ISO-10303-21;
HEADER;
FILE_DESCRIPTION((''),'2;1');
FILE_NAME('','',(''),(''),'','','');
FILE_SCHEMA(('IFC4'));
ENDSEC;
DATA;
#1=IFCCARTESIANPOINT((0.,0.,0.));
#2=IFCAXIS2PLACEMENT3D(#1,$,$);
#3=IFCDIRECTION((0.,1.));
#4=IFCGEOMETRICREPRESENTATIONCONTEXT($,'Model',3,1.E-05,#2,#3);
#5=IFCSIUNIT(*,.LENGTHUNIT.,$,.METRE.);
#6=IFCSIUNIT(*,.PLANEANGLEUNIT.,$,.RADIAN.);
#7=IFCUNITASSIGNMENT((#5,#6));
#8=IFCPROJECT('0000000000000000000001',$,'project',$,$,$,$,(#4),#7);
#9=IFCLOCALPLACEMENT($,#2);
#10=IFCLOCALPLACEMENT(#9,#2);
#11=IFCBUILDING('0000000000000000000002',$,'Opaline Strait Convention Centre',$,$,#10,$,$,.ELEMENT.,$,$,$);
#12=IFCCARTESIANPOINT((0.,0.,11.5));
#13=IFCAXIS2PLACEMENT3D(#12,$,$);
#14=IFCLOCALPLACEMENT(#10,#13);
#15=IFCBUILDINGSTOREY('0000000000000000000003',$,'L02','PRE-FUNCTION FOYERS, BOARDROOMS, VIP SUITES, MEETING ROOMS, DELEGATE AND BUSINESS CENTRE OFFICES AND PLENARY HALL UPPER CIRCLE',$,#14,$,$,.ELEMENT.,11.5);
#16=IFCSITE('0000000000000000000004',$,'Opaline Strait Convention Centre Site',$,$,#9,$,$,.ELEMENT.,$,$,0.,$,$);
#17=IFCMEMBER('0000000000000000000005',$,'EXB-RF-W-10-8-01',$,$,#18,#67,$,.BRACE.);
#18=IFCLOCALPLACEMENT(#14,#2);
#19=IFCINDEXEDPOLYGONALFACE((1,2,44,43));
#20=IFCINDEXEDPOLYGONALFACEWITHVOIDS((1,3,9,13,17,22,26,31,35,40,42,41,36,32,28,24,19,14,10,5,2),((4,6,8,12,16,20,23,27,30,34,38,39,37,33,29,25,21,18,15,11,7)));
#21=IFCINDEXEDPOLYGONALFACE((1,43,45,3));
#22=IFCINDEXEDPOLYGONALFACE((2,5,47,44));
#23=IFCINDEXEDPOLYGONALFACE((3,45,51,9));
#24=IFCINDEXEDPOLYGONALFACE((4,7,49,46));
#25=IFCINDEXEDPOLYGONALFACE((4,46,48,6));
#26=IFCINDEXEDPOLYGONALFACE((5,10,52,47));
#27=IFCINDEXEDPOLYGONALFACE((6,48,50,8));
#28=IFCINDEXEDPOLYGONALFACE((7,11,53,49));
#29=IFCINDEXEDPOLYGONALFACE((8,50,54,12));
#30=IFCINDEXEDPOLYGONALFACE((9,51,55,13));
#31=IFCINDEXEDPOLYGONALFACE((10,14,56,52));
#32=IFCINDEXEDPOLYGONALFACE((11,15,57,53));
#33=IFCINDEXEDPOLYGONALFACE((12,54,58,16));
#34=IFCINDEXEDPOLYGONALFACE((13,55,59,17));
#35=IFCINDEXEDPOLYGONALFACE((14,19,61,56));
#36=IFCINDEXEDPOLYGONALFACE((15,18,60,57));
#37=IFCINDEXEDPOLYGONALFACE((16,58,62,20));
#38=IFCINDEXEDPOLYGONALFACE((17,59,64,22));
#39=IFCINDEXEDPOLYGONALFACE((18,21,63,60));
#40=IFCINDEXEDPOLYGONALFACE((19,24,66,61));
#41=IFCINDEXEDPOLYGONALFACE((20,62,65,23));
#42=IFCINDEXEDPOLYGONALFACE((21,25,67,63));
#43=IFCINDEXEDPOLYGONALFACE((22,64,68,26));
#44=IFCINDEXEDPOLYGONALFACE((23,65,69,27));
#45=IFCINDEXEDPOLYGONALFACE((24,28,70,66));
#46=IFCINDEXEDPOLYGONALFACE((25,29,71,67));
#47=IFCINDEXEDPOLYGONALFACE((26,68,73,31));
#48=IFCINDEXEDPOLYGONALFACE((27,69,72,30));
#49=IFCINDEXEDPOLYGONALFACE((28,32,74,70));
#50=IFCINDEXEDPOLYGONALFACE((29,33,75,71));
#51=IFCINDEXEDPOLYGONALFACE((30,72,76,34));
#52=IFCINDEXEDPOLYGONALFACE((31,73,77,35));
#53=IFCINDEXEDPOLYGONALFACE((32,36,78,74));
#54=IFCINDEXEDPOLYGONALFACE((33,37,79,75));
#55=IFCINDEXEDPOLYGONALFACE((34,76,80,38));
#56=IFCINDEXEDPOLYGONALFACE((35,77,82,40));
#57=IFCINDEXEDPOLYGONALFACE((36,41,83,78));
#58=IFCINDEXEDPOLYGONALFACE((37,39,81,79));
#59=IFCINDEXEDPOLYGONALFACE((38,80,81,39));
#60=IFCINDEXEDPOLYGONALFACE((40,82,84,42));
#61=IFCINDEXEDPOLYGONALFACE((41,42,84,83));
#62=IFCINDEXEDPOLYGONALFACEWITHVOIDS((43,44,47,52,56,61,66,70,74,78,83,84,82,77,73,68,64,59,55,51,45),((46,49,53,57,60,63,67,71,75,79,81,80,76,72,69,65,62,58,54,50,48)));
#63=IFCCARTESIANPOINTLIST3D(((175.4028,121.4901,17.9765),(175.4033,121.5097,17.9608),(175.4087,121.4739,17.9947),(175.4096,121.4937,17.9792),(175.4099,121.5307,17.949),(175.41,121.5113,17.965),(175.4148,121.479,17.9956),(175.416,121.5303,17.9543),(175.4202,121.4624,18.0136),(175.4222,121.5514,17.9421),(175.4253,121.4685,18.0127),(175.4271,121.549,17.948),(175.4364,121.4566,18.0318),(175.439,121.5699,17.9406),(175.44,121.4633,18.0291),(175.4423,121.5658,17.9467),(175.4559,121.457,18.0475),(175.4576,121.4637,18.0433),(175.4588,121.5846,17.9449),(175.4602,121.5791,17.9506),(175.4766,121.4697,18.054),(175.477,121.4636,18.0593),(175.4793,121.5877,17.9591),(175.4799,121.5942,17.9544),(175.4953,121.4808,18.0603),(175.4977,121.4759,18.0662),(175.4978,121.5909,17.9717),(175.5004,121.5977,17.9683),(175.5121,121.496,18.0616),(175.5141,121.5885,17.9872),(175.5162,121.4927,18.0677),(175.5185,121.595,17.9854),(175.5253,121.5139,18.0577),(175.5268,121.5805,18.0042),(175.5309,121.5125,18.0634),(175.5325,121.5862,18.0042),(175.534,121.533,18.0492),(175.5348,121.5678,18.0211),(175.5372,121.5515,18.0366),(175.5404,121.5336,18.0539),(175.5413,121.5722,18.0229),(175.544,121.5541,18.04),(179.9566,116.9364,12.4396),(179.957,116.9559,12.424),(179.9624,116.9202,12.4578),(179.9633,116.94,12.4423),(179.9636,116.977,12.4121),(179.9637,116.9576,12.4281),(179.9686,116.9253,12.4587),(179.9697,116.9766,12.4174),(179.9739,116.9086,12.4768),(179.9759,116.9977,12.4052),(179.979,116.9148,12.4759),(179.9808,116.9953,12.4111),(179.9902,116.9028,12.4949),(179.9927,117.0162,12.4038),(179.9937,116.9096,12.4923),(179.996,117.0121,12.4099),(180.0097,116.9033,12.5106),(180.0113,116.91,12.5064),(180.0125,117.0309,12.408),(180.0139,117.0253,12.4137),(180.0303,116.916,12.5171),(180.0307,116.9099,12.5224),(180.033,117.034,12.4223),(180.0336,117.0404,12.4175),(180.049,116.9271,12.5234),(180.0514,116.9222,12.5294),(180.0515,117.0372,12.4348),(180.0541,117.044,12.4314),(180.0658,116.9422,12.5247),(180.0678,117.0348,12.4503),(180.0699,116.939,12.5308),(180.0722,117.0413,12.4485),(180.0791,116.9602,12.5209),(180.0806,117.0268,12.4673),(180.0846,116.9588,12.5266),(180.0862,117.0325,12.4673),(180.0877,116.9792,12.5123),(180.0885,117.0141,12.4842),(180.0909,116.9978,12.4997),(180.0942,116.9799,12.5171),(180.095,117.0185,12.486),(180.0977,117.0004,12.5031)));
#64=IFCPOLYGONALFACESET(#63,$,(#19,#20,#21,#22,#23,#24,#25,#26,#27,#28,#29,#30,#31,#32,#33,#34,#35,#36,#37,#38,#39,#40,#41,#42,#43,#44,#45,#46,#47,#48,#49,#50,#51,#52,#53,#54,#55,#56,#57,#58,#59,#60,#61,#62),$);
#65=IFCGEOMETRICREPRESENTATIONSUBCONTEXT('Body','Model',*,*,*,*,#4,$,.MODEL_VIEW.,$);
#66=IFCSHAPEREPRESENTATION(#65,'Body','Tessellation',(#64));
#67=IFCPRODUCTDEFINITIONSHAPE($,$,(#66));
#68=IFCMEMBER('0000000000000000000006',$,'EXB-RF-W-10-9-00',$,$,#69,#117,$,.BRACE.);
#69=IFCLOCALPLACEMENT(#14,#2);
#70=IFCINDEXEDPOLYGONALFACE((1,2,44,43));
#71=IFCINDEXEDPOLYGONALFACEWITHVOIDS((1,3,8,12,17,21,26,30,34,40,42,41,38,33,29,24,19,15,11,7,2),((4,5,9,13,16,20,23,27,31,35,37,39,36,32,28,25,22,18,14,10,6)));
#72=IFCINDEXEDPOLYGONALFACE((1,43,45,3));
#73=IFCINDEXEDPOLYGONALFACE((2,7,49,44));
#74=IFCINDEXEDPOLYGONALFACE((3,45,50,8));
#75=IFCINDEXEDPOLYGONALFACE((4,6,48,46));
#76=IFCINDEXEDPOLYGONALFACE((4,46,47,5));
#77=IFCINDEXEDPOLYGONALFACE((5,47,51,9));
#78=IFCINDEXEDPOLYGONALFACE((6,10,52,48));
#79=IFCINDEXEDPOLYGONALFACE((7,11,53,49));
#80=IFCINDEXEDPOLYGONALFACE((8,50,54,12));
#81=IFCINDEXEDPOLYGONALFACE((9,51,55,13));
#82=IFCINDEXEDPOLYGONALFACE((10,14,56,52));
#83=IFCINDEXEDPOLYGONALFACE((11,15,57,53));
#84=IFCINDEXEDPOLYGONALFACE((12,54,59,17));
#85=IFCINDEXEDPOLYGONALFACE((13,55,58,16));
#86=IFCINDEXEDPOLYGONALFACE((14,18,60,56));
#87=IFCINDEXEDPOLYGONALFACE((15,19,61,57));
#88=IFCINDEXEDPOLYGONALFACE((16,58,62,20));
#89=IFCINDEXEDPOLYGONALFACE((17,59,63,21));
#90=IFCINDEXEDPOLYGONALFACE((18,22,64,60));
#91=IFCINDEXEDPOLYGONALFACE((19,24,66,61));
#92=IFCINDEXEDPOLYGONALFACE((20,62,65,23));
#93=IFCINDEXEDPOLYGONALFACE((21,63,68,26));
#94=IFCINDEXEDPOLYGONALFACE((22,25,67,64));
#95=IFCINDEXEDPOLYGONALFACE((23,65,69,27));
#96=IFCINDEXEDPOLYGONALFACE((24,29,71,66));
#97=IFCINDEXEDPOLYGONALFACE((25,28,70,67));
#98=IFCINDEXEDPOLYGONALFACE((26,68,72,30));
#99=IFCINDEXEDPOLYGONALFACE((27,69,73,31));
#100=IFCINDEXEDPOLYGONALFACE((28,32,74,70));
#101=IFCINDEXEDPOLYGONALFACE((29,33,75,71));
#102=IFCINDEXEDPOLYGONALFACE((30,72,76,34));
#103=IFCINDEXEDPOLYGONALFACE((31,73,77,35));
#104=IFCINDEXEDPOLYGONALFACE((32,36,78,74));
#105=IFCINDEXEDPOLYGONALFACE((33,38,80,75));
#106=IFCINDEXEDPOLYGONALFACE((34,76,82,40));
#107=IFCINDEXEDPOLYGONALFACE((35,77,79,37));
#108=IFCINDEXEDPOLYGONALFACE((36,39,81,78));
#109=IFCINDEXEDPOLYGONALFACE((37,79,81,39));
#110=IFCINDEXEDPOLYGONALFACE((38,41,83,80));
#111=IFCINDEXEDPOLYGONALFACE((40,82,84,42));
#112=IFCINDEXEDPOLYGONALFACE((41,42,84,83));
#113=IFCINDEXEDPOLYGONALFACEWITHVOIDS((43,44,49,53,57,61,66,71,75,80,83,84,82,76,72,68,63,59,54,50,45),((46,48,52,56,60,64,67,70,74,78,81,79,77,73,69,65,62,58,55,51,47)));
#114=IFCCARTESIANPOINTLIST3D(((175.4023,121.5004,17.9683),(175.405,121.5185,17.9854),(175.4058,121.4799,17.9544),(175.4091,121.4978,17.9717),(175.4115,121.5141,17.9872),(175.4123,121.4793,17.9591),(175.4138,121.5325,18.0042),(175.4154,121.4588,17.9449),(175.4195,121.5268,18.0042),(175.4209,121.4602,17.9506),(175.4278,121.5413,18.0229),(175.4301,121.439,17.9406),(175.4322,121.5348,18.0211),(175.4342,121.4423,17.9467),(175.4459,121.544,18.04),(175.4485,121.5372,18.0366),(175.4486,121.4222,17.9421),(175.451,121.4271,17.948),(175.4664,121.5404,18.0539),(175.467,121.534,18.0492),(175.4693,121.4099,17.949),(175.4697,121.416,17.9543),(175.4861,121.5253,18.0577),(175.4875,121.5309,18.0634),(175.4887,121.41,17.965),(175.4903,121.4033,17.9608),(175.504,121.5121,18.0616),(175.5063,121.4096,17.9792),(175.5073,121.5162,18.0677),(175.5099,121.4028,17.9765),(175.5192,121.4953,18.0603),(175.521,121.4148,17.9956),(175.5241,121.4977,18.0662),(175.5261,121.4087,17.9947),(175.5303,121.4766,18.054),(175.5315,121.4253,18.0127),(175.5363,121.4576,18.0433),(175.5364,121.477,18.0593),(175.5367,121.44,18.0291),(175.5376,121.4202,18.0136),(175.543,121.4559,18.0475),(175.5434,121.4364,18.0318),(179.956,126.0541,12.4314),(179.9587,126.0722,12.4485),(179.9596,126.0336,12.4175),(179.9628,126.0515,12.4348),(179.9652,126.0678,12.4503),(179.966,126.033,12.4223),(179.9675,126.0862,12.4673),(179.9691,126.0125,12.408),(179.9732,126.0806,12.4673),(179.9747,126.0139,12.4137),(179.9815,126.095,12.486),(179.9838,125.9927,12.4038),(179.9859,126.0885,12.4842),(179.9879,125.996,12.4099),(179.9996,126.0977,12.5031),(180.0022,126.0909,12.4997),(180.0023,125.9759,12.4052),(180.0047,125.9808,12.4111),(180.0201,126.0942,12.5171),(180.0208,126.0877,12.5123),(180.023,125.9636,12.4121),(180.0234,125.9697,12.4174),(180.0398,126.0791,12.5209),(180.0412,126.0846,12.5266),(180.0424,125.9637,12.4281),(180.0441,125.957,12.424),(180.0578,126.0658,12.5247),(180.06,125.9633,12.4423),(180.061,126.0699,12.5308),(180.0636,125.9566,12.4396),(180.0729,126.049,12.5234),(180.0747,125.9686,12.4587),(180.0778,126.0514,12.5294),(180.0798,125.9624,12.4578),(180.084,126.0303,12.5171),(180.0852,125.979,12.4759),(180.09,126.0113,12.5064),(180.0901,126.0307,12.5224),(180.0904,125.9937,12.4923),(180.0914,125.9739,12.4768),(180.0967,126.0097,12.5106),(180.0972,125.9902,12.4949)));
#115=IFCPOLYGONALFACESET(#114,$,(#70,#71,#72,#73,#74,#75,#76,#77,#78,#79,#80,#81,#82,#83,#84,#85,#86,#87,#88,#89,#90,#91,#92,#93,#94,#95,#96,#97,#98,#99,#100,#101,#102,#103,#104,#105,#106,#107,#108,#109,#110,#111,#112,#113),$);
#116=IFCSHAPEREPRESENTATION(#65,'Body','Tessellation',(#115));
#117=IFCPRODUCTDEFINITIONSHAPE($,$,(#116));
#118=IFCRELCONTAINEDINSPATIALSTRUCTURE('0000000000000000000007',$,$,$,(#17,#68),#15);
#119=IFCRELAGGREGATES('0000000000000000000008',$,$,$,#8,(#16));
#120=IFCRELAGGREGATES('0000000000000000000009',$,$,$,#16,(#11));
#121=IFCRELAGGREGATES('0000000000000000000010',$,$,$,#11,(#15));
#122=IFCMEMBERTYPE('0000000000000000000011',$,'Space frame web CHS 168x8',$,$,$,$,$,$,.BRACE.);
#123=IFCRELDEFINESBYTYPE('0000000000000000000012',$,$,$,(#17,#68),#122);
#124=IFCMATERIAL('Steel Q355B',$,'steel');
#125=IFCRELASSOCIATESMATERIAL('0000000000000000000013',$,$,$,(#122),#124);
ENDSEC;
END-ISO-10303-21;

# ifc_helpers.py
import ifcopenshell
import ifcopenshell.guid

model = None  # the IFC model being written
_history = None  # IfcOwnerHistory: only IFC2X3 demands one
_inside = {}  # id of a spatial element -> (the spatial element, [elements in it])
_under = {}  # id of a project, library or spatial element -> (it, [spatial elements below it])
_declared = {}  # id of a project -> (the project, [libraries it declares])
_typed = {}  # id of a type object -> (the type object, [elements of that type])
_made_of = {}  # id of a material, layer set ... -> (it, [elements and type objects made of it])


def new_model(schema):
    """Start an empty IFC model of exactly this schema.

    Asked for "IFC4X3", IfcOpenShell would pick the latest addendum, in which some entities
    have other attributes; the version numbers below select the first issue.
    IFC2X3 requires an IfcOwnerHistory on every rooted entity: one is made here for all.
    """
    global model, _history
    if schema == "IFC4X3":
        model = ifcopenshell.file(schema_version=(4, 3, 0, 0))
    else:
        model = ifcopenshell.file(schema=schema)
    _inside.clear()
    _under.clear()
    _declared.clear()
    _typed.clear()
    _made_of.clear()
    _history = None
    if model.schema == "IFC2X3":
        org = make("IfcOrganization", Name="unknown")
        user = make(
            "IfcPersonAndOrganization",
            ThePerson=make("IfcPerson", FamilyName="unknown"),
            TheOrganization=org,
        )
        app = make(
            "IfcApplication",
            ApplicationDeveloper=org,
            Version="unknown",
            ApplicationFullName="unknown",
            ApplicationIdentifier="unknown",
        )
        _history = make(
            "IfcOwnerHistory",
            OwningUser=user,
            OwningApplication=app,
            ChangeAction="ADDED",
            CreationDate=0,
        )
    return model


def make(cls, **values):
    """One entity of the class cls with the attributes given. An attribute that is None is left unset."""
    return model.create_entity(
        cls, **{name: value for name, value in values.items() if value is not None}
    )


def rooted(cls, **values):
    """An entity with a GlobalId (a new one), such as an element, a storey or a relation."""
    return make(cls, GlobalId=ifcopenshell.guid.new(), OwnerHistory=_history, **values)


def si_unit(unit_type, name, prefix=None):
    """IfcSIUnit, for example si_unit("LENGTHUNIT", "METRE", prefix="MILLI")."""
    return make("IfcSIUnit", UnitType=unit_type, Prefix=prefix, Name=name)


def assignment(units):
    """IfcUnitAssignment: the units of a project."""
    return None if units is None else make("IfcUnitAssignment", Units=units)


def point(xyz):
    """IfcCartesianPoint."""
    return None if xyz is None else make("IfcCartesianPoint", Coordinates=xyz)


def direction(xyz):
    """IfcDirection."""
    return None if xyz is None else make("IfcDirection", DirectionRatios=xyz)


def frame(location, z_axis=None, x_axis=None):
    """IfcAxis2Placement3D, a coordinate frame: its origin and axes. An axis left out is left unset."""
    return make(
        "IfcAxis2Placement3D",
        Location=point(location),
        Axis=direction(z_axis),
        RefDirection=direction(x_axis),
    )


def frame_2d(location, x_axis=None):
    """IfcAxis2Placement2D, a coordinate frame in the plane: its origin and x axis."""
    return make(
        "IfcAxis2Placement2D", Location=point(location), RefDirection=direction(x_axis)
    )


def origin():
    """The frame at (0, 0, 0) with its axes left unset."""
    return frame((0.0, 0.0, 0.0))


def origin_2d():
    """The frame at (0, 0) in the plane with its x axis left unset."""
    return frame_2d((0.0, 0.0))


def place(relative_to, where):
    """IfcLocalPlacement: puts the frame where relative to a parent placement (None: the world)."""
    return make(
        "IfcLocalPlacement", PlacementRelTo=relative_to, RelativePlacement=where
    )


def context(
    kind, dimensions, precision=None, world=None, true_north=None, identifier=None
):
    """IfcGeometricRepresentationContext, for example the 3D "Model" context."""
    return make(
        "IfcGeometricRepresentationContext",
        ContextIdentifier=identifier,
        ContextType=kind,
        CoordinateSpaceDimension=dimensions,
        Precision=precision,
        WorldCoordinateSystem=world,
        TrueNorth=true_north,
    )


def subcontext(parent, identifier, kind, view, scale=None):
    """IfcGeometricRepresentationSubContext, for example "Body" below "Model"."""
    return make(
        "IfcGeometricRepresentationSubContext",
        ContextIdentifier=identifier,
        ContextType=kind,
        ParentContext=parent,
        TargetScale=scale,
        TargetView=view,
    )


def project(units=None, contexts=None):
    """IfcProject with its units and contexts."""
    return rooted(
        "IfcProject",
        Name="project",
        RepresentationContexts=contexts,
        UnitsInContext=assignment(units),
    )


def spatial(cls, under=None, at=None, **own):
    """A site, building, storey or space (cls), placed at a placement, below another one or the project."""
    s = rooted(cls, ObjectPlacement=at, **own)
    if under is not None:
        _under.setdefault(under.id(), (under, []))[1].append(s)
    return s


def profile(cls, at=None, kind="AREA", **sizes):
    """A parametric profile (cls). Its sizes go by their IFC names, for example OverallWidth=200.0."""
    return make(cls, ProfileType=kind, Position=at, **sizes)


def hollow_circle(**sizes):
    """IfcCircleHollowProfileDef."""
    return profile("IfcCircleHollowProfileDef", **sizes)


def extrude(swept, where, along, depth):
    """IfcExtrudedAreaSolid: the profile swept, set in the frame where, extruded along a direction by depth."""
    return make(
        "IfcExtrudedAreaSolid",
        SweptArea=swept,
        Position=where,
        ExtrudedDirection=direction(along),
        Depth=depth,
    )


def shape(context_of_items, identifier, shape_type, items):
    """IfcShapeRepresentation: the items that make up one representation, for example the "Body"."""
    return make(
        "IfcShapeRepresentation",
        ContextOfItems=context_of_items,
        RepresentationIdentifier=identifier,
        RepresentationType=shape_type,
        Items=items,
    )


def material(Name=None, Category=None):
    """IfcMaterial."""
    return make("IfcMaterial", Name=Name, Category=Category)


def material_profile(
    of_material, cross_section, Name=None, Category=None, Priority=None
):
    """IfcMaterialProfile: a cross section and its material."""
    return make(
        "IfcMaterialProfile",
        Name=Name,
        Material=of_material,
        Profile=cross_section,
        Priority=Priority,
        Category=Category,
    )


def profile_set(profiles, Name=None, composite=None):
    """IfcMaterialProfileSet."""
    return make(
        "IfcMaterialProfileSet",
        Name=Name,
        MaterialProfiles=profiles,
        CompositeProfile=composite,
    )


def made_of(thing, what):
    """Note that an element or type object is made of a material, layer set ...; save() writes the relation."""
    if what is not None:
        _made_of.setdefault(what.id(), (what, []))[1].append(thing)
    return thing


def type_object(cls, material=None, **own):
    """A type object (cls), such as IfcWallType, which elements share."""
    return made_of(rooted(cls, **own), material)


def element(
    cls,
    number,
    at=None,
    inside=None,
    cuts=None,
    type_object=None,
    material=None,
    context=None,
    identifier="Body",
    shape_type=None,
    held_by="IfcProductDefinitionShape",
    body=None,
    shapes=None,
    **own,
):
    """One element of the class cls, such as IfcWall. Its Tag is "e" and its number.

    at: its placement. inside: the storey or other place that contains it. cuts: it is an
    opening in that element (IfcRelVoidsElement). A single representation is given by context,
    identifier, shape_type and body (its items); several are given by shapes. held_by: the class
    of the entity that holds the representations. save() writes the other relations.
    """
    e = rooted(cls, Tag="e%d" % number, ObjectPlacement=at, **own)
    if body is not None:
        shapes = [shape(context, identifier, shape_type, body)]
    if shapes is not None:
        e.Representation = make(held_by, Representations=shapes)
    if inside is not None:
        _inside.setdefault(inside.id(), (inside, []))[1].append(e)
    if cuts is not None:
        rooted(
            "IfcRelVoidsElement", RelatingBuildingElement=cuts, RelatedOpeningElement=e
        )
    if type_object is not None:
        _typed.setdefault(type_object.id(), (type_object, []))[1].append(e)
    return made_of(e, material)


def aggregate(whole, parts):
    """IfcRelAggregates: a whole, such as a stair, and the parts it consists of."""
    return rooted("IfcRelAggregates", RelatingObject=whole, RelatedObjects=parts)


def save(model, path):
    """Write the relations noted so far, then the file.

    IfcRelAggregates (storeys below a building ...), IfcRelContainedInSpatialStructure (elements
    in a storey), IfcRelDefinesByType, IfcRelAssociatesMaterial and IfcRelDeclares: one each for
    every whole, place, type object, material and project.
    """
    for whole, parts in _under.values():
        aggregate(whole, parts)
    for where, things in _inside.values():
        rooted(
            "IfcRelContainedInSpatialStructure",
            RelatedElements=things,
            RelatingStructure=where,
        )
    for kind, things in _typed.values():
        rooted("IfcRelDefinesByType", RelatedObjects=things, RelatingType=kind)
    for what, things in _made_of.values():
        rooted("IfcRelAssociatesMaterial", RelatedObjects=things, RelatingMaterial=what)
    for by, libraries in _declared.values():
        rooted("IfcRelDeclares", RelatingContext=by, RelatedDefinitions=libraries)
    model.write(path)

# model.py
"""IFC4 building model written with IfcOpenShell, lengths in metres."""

from ifc_helpers import new_model, si_unit, direction, frame, origin, origin_2d, place, context, subcontext, project, spatial, hollow_circle, extrude, material, material_profile, profile_set, type_object, element, save


model = new_model("IFC4")

# Units and contexts
model_context = context("Model", 3, precision=1e-05, world=origin(), true_north=direction((0.0, 1.0)))
body_context = subcontext(model_context, "Body", "Model", "MODEL_VIEW")
ifc_project = project(units=[si_unit("LENGTHUNIT", "METRE"), si_unit("PLANEANGLEUNIT", "RADIAN")], contexts=[model_context])

# Site, building, storey
site_placement = place(None, origin())
site = spatial("IfcSite", under=ifc_project, at=site_placement, Name="Opaline Strait Convention Centre Site", CompositionType="ELEMENT", RefElevation=0.0)
building_placement = place(site_placement, origin())
building = spatial("IfcBuilding", under=site, at=building_placement, Name="Opaline Strait Convention Centre", CompositionType="ELEMENT")
storey_placement = place(building_placement, frame((0.0, 0.0, 11.5)))
storey = spatial("IfcBuildingStorey", under=building, at=storey_placement, Name="L02", Description="PRE-FUNCTION FOYERS, BOARDROOMS, VIP SUITES, MEETING ROOMS, DELEGATE AND BUSINESS CENTRE OFFICES AND PLENARY HALL UPPER CIRCLE", CompositionType="ELEMENT", Elevation=11.5)

# Members
ifc_material = material(Name="Steel Q355B", Category="steel")
ifc_material_profile_1 = material_profile(ifc_material, hollow_circle(Radius=0.084, WallThickness=0.0081, at=origin_2d()), Name="CHS 168x8")
ifc_profile_set_1 = profile_set([ifc_material_profile_1], Name="Steel Q355B")
member_type_1 = type_object("IfcMemberType", Name="Space frame web CHS 168x8", PredefinedType="BRACE", material=ifc_profile_set_1)
for number, where, z_axis, x_axis, name in (
    (1, (175.4731, 121.5269, 18.0042), (0.536178, -0.536178, -0.65194), (0.707107, 0.707107, 0.0), "EXB-RF-W-10-8-01"),
    (2, (175.4731, 121.4731, 18.0042), (0.536178, 0.536178, -0.65194), (-0.707107, 0.707107, 0.0), "EXB-RF-W-10-9-00"),
):
    element("IfcMember", number, at=place(storey_placement, frame(where, z_axis=z_axis, x_axis=x_axis)), inside=storey, type_object=member_type_1, Name=name, PredefinedType="BRACE", context=body_context, shape_type="SweptSolid", body=[
        extrude(hollow_circle(Radius=0.084, WallThickness=0.0081, at=origin_2d()), origin(), (0.0, 0.0, 1.0), 8.4929),
    ])

save(model, "model.ifc")
